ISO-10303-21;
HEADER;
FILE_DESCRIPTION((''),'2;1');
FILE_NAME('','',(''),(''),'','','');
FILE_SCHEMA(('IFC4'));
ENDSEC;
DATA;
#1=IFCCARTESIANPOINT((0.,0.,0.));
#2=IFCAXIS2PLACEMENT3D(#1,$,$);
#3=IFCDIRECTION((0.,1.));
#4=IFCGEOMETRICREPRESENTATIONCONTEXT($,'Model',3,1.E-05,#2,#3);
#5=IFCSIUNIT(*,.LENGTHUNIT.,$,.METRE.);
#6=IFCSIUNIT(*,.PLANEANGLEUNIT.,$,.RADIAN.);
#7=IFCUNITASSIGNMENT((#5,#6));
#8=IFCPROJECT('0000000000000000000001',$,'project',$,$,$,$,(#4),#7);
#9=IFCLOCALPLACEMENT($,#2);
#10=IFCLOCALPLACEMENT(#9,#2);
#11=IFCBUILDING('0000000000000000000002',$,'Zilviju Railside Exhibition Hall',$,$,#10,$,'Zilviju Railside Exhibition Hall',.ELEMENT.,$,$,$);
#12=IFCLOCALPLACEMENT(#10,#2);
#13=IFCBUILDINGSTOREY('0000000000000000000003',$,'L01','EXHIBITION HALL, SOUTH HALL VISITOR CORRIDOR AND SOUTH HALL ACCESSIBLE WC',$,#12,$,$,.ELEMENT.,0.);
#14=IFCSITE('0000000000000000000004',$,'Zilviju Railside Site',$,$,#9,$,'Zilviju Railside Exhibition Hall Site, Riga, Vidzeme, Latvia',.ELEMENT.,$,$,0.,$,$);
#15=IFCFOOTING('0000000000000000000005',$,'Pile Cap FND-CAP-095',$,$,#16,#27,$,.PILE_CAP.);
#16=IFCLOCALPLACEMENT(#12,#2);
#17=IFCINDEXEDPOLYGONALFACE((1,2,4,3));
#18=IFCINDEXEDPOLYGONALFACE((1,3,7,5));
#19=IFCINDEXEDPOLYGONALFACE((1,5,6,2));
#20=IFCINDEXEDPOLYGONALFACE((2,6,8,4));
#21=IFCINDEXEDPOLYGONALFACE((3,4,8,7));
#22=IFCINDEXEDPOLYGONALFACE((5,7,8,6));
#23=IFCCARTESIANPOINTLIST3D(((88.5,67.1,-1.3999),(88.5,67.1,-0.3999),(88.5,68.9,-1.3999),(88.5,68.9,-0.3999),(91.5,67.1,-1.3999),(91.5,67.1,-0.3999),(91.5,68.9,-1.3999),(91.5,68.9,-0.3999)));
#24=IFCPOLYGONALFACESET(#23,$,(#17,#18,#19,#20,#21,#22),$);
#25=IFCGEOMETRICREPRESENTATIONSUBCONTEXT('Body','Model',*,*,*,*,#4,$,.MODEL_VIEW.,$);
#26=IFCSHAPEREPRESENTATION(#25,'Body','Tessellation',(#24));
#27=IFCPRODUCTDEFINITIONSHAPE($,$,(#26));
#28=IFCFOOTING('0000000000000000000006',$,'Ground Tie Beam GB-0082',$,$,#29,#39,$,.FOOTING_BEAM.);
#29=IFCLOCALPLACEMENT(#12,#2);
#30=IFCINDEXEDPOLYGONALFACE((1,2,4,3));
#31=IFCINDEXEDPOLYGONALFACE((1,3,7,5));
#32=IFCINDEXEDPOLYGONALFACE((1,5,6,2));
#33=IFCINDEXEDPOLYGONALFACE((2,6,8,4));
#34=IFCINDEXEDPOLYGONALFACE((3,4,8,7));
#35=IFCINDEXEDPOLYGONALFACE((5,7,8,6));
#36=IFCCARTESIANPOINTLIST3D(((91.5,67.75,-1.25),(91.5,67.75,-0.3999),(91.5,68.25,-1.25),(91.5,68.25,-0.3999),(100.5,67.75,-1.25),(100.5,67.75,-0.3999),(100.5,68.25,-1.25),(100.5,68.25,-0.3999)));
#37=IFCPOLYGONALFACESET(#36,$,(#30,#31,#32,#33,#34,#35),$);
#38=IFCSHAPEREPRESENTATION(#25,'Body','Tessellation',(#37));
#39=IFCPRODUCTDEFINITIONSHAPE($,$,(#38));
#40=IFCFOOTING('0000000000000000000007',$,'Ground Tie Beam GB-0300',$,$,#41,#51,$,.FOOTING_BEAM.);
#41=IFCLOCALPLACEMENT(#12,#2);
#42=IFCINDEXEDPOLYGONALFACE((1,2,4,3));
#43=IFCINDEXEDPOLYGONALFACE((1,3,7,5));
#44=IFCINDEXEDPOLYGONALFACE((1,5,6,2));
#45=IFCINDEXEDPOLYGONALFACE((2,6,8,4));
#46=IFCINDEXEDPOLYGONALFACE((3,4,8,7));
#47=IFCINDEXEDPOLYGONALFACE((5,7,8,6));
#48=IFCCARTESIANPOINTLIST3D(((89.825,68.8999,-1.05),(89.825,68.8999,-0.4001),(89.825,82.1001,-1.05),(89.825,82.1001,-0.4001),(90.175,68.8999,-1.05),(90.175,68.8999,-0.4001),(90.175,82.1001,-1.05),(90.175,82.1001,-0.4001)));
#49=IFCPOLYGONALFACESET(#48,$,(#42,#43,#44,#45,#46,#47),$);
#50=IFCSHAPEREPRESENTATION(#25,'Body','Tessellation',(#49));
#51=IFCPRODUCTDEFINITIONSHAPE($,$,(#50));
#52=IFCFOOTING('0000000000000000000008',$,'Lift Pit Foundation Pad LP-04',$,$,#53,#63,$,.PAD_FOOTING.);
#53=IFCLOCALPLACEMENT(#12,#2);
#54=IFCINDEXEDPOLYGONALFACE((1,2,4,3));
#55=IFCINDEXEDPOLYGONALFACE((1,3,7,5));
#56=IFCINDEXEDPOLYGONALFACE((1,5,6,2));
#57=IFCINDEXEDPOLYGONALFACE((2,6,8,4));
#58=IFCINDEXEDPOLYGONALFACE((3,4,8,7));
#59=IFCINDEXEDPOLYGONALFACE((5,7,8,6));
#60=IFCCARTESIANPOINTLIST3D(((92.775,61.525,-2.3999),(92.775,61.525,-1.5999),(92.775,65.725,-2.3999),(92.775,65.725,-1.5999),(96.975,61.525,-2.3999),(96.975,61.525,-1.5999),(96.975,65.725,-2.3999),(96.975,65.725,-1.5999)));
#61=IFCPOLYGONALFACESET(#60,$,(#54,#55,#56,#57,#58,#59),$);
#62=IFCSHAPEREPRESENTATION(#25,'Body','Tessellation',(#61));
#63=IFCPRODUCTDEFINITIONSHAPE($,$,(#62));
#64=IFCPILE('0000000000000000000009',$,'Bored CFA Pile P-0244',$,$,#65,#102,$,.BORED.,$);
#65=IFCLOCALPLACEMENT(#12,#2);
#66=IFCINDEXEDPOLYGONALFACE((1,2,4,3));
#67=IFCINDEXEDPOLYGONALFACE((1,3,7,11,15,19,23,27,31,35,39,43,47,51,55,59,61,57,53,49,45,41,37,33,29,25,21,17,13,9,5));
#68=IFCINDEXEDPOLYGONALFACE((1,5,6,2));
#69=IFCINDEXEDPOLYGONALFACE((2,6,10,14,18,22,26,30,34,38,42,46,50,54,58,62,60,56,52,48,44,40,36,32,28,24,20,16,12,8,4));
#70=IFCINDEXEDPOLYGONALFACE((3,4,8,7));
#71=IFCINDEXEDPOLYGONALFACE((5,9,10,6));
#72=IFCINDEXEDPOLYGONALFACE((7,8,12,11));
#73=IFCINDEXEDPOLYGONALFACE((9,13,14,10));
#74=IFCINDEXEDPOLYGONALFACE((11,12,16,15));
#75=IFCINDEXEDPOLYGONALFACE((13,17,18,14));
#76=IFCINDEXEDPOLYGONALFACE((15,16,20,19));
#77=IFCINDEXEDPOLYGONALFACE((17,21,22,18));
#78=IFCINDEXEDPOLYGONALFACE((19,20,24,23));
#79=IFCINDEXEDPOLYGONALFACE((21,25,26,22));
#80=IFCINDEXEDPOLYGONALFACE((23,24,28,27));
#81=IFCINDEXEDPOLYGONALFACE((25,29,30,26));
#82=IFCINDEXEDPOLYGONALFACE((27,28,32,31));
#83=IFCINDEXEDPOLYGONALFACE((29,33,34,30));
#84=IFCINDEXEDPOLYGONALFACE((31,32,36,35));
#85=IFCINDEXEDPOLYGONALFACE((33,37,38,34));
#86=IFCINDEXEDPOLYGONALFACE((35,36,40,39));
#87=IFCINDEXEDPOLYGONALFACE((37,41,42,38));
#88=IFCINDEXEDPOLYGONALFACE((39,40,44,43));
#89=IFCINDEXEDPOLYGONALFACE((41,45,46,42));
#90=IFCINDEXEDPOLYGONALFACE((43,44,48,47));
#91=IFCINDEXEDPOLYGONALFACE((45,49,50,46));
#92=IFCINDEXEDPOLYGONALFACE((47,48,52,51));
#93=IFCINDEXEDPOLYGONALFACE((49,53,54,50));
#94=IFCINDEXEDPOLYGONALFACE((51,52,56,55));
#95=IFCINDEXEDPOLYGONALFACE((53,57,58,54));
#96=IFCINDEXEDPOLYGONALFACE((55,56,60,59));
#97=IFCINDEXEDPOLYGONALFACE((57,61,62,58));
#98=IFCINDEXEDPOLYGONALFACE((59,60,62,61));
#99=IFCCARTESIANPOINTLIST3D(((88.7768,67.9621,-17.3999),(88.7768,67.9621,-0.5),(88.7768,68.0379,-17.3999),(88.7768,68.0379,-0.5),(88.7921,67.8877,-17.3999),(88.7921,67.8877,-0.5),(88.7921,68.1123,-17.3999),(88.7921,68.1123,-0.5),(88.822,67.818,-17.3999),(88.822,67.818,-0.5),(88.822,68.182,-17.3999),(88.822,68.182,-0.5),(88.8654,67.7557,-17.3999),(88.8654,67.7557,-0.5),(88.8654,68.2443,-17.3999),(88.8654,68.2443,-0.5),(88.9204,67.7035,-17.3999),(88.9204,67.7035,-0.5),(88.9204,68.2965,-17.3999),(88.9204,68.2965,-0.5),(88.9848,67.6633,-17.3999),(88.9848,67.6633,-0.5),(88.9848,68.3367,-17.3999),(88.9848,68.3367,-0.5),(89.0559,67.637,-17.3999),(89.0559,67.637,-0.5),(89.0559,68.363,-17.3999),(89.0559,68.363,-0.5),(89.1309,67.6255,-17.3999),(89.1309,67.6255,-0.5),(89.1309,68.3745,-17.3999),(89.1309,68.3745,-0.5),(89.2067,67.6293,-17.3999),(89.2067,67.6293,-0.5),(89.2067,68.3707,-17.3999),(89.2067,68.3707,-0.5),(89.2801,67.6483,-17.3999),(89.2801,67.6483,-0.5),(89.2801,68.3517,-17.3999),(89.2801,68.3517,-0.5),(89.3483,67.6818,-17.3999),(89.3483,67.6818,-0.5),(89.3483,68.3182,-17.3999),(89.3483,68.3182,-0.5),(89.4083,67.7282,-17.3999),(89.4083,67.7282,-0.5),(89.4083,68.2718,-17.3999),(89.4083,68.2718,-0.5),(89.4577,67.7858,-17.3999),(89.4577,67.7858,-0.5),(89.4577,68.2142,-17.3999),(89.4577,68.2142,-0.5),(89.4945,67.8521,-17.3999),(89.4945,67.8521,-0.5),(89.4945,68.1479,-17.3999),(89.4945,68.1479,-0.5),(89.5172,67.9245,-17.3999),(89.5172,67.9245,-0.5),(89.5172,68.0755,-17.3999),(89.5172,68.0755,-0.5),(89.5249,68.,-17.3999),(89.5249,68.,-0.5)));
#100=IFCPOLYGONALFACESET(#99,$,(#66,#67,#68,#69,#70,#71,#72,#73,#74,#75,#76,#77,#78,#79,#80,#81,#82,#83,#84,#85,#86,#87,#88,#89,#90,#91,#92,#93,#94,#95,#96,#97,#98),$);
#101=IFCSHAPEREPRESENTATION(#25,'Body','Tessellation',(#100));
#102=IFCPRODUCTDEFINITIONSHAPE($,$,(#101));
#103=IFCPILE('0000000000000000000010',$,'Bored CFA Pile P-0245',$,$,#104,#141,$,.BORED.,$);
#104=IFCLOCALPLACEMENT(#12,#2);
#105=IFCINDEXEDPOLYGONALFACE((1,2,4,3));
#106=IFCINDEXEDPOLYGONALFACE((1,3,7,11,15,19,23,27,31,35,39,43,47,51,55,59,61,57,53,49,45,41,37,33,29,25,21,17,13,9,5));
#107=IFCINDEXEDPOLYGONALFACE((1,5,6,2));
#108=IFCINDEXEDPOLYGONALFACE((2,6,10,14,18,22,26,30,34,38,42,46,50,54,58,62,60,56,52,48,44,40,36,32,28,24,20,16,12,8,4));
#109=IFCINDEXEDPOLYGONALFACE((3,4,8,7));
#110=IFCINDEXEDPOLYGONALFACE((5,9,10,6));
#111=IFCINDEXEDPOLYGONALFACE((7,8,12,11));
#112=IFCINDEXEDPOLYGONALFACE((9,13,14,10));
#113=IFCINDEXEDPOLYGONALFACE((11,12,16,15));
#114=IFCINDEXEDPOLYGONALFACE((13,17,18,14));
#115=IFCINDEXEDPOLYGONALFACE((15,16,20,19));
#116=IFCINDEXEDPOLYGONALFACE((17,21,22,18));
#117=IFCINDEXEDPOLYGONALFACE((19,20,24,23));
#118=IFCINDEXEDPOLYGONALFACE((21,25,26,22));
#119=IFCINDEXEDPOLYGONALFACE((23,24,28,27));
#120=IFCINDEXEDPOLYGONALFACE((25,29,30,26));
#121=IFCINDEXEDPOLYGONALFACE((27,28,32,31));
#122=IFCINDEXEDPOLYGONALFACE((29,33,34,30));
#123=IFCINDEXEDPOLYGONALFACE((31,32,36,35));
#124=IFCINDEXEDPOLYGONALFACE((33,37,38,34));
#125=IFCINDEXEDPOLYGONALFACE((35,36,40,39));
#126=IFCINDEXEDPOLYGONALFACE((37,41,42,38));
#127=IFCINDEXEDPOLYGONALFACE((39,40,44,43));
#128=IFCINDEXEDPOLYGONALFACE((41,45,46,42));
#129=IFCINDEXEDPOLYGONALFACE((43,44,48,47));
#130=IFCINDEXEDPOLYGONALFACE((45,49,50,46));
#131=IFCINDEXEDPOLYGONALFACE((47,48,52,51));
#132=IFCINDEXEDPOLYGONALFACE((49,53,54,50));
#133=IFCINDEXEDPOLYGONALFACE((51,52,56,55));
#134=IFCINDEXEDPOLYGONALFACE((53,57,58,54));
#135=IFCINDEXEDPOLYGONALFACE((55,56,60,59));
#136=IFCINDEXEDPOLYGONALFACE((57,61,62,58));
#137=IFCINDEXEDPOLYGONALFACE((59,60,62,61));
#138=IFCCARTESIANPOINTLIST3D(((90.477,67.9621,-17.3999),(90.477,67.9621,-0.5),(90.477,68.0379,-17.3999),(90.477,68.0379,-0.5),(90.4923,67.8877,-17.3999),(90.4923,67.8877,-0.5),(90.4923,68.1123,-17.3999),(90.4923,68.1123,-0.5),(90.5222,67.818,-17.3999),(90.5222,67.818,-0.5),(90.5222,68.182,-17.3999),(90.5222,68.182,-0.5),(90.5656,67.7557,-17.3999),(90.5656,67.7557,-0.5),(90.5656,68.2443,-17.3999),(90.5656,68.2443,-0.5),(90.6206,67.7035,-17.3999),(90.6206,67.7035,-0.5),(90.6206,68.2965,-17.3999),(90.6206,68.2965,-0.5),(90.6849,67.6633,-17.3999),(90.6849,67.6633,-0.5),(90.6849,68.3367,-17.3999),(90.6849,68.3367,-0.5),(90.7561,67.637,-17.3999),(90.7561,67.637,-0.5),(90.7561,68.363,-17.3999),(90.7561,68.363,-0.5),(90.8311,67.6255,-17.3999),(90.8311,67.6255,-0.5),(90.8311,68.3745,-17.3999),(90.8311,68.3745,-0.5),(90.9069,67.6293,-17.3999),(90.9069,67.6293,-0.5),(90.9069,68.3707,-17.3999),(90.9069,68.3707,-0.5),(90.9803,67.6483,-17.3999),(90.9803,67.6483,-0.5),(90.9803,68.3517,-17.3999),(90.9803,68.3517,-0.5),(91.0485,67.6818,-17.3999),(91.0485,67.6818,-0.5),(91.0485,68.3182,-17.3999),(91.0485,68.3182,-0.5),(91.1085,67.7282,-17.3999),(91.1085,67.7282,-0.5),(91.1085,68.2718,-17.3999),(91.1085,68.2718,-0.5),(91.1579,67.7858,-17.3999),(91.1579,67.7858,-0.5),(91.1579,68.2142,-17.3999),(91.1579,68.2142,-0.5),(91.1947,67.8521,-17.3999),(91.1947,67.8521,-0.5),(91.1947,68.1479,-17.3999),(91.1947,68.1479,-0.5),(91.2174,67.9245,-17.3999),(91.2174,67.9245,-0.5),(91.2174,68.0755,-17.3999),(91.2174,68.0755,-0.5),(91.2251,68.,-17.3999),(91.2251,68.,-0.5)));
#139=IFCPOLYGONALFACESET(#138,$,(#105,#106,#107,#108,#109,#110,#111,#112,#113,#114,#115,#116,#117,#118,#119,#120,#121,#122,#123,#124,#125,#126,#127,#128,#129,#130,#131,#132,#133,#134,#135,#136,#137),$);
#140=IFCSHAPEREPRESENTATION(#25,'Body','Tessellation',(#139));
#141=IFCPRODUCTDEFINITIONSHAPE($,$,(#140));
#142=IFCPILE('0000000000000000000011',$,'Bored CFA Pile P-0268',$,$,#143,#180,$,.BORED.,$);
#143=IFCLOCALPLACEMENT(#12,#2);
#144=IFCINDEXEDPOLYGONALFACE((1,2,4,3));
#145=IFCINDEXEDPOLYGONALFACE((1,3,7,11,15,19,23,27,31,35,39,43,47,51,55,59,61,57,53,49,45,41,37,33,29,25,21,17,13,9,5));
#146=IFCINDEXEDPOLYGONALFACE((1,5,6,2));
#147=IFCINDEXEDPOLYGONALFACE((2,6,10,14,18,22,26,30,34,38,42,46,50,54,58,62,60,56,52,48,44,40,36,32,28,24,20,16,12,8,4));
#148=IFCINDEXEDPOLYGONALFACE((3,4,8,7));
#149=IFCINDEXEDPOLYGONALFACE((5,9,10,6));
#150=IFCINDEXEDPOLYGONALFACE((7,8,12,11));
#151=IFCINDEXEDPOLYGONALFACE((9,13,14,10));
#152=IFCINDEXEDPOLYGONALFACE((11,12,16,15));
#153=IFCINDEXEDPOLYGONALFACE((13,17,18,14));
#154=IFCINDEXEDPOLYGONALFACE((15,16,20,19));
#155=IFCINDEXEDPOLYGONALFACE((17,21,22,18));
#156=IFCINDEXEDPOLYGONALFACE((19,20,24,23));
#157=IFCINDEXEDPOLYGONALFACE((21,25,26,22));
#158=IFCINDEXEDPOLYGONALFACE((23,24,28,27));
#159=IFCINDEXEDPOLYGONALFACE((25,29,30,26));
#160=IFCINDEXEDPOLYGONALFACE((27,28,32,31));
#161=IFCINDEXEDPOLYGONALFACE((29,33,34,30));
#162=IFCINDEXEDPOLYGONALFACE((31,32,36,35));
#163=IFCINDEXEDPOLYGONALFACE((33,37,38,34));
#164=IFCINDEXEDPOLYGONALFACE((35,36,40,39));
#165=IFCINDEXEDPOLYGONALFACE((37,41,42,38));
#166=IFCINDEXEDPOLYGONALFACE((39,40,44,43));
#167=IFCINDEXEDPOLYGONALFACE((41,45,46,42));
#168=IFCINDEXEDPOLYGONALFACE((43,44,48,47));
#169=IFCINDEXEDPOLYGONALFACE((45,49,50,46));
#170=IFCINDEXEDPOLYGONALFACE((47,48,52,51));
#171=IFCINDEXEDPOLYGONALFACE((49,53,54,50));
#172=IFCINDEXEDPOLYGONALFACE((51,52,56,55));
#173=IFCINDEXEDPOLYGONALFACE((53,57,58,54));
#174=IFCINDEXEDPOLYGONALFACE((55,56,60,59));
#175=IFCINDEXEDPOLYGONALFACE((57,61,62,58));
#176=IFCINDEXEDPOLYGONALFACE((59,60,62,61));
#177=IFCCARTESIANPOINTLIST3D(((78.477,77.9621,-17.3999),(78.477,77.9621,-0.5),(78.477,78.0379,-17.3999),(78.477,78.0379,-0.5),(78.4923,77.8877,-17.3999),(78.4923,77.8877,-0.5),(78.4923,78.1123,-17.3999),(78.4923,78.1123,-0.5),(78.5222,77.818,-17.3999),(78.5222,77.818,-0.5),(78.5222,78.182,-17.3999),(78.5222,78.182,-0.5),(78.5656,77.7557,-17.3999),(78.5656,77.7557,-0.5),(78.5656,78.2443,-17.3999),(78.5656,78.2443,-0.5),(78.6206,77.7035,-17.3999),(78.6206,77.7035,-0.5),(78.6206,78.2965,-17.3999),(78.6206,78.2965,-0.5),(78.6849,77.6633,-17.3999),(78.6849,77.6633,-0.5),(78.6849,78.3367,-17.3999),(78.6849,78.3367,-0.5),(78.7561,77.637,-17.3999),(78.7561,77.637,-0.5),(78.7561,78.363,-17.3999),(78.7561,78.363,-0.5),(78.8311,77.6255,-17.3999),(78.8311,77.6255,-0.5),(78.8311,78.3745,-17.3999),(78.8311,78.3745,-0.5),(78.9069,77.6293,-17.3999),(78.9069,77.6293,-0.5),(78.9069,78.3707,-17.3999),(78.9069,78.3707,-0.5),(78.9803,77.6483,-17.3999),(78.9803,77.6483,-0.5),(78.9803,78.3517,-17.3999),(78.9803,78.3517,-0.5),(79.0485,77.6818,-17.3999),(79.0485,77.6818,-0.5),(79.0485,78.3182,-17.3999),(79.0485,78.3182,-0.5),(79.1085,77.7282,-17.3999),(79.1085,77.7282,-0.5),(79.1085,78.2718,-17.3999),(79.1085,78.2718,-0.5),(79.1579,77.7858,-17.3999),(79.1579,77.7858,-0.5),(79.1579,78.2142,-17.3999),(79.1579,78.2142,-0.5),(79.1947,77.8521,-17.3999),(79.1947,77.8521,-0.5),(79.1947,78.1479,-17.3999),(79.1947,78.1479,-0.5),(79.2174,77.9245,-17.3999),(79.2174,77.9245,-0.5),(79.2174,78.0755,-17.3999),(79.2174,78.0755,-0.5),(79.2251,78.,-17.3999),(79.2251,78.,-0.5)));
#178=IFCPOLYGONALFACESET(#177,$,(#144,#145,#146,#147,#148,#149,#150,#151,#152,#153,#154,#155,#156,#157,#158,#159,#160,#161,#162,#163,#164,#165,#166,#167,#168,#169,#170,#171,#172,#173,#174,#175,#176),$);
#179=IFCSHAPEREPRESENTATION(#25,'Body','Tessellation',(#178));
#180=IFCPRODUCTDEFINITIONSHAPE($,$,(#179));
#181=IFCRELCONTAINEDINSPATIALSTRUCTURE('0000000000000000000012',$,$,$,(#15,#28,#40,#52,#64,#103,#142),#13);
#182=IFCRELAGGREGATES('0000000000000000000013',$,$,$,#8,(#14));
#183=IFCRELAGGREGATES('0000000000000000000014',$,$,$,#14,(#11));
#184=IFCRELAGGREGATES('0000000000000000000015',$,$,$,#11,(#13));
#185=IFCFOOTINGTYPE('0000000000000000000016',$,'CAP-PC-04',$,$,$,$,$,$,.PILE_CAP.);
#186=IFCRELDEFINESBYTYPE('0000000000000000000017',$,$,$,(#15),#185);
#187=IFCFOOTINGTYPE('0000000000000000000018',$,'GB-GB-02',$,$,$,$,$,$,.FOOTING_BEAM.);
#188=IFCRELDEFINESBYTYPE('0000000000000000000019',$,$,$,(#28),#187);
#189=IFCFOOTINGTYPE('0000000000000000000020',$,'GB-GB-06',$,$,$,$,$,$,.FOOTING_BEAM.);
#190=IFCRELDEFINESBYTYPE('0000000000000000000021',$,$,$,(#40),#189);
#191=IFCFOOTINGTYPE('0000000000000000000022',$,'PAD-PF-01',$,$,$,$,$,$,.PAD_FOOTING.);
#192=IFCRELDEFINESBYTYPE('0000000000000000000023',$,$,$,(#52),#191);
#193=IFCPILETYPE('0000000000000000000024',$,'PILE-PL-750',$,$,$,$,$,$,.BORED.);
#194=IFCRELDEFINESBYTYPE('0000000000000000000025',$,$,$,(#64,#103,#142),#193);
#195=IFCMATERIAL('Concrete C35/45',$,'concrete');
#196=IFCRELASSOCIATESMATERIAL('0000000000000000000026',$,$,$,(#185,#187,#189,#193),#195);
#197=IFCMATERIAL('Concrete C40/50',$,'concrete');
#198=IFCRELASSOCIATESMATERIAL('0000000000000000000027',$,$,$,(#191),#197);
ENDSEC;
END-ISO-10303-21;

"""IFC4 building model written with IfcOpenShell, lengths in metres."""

from ifc_helpers import new_model, si_unit, direction, frame, origin, origin_2d, place, context, subcontext, project, spatial, rectangle, circle, extrude, material, material_profile, profile_set, type_object, element, save


model = new_model("IFC4")

# Units and contexts
model_context = context("Model", 3, precision=1e-05, world=origin(), true_north=direction((0.0, 1.0)))
body_context = subcontext(model_context, "Body", "Model", "MODEL_VIEW")
ifc_project = project(units=[si_unit("LENGTHUNIT", "METRE"), si_unit("PLANEANGLEUNIT", "RADIAN")], contexts=[model_context])

# Site, building, storey
site_placement = place(None, origin())
site = spatial("IfcSite", under=ifc_project, at=site_placement, Name="Zilviju Railside Site", LongName="Zilviju Railside Exhibition Hall Site, Riga, Vidzeme, Latvia", CompositionType="ELEMENT", RefElevation=0.0)
building_placement = place(site_placement, origin())
building = spatial("IfcBuilding", under=site, at=building_placement, Name="Zilviju Railside Exhibition Hall", LongName="Zilviju Railside Exhibition Hall", CompositionType="ELEMENT")
storey_placement = place(building_placement, origin())
storey = spatial("IfcBuildingStorey", under=building, at=storey_placement, Name="L01", Description="EXHIBITION HALL, SOUTH HALL VISITOR CORRIDOR AND SOUTH HALL ACCESSIBLE WC", CompositionType="ELEMENT", Elevation=0.0)

# Footings
ifc_material_1 = material(Name="Concrete C35/45", Category="concrete")
footing_type_1 = type_object("IfcFootingType", Name="CAP-PC-04", PredefinedType="PILE_CAP", material=ifc_material_1)
footing_1_placement = place(storey_placement, frame((90.0, 68.0, -1.3999), z_axis=(0.0, 0.0, 1.0), x_axis=(1.0, 0.0, 0.0)))
element("IfcFooting", 1, at=footing_1_placement, inside=storey, type_object=footing_type_1, Name="Pile Cap FND-CAP-095", PredefinedType="PILE_CAP", context=body_context, shape_type="SweptSolid", body=[
    extrude(rectangle(XDim=3.0, YDim=1.8, at=origin_2d()), origin(), (0.0, 0.0, 1.0), 1.0),
])
ifc_material_profile_1 = material_profile(ifc_material_1, rectangle(XDim=0.5, YDim=0.8501, at=origin_2d()), Name="TIE BEAM 500x850")
ifc_profile_set_1 = profile_set([ifc_material_profile_1], Name="Concrete C35/45")
footing_type_2 = type_object("IfcFootingType", Name="GB-GB-02", PredefinedType="FOOTING_BEAM", material=ifc_profile_set_1)
footing_2_placement = place(storey_placement, frame((91.5, 68.0, -0.825), z_axis=(1.0, 0.0, 0.0), x_axis=(0.0, 1.0, 0.0)))
element("IfcFooting", 2, at=footing_2_placement, inside=storey, type_object=footing_type_2, Name="Ground Tie Beam GB-0082", PredefinedType="FOOTING_BEAM", context=body_context, shape_type="SweptSolid", body=[
    extrude(rectangle(XDim=0.5, YDim=0.8501, at=origin_2d()), origin(), (0.0, 0.0, 1.0), 9.0),
])
ifc_material_profile_2 = material_profile(ifc_material_1, rectangle(XDim=0.3501, YDim=0.6499, at=origin_2d()), Name="TIE BEAM 350x650")
ifc_profile_set_2 = profile_set([ifc_material_profile_2], Name="Concrete C35/45")
footing_type_3 = type_object("IfcFootingType", Name="GB-GB-06", PredefinedType="FOOTING_BEAM", material=ifc_profile_set_2)
footing_3_placement = place(storey_placement, frame((90.0, 68.8999, -0.7251), z_axis=(0.0, 1.0, 0.0), x_axis=(-1.0, 0.0, 0.0)))
element("IfcFooting", 3, at=footing_3_placement, inside=storey, type_object=footing_type_3, Name="Ground Tie Beam GB-0300", PredefinedType="FOOTING_BEAM", context=body_context, shape_type="SweptSolid", body=[
    extrude(rectangle(XDim=0.3501, YDim=0.6499, at=origin_2d()), origin(), (0.0, 0.0, 1.0), 13.2002),
])
ifc_material_2 = material(Name="Concrete C40/50", Category="concrete")
footing_type_4 = type_object("IfcFootingType", Name="PAD-PF-01", PredefinedType="PAD_FOOTING", material=ifc_material_2)
footing_4_placement = place(storey_placement, frame((94.875, 63.625, -2.3999), z_axis=(0.0, 0.0, 1.0), x_axis=(1.0, 0.0, 0.0)))
element("IfcFooting", 4, at=footing_4_placement, inside=storey, type_object=footing_type_4, Name="Lift Pit Foundation Pad LP-04", PredefinedType="PAD_FOOTING", context=body_context, shape_type="SweptSolid", body=[
    extrude(rectangle(XDim=4.2, YDim=4.2, at=origin_2d()), origin(), (0.0, 0.0, 1.0), 0.8),
])

# Piles
ifc_material_profile_3 = material_profile(ifc_material_1, circle(Radius=0.375, at=origin_2d()), Name="CFA PILE D750")
ifc_profile_set_3 = profile_set([ifc_material_profile_3], Name="Concrete C35/45")
pile_type_1 = type_object("IfcPileType", Name="PILE-PL-750", PredefinedType="BORED", material=ifc_profile_set_3)
for number, where, z_axis, x_axis, name in (
    (5, (89.1499, 68.0, -0.5), (0.0, 0.0, -1.0), (1.0, 0.0, 0.0), "Bored CFA Pile P-0244"),
    (6, (90.8501, 68.0, -0.5), (0.0, 0.0, -1.0), (1.0, 0.0, 0.0), "Bored CFA Pile P-0245"),
    (7, (78.8501, 78.0, -0.5), (0.0, 0.0, -1.0), (1.0, 0.0, 0.0), "Bored CFA Pile P-0268"),
):
    element("IfcPile", number, at=place(storey_placement, frame(where, z_axis=z_axis, x_axis=x_axis)), inside=storey, type_object=pile_type_1, Name=name, PredefinedType="BORED", context=body_context, shape_type="SweptSolid", body=[
        extrude(circle(Radius=0.375, at=origin_2d()), origin(), (0.0, 0.0, 1.0), 16.8999),
    ])

save(model, "model.ifc")
